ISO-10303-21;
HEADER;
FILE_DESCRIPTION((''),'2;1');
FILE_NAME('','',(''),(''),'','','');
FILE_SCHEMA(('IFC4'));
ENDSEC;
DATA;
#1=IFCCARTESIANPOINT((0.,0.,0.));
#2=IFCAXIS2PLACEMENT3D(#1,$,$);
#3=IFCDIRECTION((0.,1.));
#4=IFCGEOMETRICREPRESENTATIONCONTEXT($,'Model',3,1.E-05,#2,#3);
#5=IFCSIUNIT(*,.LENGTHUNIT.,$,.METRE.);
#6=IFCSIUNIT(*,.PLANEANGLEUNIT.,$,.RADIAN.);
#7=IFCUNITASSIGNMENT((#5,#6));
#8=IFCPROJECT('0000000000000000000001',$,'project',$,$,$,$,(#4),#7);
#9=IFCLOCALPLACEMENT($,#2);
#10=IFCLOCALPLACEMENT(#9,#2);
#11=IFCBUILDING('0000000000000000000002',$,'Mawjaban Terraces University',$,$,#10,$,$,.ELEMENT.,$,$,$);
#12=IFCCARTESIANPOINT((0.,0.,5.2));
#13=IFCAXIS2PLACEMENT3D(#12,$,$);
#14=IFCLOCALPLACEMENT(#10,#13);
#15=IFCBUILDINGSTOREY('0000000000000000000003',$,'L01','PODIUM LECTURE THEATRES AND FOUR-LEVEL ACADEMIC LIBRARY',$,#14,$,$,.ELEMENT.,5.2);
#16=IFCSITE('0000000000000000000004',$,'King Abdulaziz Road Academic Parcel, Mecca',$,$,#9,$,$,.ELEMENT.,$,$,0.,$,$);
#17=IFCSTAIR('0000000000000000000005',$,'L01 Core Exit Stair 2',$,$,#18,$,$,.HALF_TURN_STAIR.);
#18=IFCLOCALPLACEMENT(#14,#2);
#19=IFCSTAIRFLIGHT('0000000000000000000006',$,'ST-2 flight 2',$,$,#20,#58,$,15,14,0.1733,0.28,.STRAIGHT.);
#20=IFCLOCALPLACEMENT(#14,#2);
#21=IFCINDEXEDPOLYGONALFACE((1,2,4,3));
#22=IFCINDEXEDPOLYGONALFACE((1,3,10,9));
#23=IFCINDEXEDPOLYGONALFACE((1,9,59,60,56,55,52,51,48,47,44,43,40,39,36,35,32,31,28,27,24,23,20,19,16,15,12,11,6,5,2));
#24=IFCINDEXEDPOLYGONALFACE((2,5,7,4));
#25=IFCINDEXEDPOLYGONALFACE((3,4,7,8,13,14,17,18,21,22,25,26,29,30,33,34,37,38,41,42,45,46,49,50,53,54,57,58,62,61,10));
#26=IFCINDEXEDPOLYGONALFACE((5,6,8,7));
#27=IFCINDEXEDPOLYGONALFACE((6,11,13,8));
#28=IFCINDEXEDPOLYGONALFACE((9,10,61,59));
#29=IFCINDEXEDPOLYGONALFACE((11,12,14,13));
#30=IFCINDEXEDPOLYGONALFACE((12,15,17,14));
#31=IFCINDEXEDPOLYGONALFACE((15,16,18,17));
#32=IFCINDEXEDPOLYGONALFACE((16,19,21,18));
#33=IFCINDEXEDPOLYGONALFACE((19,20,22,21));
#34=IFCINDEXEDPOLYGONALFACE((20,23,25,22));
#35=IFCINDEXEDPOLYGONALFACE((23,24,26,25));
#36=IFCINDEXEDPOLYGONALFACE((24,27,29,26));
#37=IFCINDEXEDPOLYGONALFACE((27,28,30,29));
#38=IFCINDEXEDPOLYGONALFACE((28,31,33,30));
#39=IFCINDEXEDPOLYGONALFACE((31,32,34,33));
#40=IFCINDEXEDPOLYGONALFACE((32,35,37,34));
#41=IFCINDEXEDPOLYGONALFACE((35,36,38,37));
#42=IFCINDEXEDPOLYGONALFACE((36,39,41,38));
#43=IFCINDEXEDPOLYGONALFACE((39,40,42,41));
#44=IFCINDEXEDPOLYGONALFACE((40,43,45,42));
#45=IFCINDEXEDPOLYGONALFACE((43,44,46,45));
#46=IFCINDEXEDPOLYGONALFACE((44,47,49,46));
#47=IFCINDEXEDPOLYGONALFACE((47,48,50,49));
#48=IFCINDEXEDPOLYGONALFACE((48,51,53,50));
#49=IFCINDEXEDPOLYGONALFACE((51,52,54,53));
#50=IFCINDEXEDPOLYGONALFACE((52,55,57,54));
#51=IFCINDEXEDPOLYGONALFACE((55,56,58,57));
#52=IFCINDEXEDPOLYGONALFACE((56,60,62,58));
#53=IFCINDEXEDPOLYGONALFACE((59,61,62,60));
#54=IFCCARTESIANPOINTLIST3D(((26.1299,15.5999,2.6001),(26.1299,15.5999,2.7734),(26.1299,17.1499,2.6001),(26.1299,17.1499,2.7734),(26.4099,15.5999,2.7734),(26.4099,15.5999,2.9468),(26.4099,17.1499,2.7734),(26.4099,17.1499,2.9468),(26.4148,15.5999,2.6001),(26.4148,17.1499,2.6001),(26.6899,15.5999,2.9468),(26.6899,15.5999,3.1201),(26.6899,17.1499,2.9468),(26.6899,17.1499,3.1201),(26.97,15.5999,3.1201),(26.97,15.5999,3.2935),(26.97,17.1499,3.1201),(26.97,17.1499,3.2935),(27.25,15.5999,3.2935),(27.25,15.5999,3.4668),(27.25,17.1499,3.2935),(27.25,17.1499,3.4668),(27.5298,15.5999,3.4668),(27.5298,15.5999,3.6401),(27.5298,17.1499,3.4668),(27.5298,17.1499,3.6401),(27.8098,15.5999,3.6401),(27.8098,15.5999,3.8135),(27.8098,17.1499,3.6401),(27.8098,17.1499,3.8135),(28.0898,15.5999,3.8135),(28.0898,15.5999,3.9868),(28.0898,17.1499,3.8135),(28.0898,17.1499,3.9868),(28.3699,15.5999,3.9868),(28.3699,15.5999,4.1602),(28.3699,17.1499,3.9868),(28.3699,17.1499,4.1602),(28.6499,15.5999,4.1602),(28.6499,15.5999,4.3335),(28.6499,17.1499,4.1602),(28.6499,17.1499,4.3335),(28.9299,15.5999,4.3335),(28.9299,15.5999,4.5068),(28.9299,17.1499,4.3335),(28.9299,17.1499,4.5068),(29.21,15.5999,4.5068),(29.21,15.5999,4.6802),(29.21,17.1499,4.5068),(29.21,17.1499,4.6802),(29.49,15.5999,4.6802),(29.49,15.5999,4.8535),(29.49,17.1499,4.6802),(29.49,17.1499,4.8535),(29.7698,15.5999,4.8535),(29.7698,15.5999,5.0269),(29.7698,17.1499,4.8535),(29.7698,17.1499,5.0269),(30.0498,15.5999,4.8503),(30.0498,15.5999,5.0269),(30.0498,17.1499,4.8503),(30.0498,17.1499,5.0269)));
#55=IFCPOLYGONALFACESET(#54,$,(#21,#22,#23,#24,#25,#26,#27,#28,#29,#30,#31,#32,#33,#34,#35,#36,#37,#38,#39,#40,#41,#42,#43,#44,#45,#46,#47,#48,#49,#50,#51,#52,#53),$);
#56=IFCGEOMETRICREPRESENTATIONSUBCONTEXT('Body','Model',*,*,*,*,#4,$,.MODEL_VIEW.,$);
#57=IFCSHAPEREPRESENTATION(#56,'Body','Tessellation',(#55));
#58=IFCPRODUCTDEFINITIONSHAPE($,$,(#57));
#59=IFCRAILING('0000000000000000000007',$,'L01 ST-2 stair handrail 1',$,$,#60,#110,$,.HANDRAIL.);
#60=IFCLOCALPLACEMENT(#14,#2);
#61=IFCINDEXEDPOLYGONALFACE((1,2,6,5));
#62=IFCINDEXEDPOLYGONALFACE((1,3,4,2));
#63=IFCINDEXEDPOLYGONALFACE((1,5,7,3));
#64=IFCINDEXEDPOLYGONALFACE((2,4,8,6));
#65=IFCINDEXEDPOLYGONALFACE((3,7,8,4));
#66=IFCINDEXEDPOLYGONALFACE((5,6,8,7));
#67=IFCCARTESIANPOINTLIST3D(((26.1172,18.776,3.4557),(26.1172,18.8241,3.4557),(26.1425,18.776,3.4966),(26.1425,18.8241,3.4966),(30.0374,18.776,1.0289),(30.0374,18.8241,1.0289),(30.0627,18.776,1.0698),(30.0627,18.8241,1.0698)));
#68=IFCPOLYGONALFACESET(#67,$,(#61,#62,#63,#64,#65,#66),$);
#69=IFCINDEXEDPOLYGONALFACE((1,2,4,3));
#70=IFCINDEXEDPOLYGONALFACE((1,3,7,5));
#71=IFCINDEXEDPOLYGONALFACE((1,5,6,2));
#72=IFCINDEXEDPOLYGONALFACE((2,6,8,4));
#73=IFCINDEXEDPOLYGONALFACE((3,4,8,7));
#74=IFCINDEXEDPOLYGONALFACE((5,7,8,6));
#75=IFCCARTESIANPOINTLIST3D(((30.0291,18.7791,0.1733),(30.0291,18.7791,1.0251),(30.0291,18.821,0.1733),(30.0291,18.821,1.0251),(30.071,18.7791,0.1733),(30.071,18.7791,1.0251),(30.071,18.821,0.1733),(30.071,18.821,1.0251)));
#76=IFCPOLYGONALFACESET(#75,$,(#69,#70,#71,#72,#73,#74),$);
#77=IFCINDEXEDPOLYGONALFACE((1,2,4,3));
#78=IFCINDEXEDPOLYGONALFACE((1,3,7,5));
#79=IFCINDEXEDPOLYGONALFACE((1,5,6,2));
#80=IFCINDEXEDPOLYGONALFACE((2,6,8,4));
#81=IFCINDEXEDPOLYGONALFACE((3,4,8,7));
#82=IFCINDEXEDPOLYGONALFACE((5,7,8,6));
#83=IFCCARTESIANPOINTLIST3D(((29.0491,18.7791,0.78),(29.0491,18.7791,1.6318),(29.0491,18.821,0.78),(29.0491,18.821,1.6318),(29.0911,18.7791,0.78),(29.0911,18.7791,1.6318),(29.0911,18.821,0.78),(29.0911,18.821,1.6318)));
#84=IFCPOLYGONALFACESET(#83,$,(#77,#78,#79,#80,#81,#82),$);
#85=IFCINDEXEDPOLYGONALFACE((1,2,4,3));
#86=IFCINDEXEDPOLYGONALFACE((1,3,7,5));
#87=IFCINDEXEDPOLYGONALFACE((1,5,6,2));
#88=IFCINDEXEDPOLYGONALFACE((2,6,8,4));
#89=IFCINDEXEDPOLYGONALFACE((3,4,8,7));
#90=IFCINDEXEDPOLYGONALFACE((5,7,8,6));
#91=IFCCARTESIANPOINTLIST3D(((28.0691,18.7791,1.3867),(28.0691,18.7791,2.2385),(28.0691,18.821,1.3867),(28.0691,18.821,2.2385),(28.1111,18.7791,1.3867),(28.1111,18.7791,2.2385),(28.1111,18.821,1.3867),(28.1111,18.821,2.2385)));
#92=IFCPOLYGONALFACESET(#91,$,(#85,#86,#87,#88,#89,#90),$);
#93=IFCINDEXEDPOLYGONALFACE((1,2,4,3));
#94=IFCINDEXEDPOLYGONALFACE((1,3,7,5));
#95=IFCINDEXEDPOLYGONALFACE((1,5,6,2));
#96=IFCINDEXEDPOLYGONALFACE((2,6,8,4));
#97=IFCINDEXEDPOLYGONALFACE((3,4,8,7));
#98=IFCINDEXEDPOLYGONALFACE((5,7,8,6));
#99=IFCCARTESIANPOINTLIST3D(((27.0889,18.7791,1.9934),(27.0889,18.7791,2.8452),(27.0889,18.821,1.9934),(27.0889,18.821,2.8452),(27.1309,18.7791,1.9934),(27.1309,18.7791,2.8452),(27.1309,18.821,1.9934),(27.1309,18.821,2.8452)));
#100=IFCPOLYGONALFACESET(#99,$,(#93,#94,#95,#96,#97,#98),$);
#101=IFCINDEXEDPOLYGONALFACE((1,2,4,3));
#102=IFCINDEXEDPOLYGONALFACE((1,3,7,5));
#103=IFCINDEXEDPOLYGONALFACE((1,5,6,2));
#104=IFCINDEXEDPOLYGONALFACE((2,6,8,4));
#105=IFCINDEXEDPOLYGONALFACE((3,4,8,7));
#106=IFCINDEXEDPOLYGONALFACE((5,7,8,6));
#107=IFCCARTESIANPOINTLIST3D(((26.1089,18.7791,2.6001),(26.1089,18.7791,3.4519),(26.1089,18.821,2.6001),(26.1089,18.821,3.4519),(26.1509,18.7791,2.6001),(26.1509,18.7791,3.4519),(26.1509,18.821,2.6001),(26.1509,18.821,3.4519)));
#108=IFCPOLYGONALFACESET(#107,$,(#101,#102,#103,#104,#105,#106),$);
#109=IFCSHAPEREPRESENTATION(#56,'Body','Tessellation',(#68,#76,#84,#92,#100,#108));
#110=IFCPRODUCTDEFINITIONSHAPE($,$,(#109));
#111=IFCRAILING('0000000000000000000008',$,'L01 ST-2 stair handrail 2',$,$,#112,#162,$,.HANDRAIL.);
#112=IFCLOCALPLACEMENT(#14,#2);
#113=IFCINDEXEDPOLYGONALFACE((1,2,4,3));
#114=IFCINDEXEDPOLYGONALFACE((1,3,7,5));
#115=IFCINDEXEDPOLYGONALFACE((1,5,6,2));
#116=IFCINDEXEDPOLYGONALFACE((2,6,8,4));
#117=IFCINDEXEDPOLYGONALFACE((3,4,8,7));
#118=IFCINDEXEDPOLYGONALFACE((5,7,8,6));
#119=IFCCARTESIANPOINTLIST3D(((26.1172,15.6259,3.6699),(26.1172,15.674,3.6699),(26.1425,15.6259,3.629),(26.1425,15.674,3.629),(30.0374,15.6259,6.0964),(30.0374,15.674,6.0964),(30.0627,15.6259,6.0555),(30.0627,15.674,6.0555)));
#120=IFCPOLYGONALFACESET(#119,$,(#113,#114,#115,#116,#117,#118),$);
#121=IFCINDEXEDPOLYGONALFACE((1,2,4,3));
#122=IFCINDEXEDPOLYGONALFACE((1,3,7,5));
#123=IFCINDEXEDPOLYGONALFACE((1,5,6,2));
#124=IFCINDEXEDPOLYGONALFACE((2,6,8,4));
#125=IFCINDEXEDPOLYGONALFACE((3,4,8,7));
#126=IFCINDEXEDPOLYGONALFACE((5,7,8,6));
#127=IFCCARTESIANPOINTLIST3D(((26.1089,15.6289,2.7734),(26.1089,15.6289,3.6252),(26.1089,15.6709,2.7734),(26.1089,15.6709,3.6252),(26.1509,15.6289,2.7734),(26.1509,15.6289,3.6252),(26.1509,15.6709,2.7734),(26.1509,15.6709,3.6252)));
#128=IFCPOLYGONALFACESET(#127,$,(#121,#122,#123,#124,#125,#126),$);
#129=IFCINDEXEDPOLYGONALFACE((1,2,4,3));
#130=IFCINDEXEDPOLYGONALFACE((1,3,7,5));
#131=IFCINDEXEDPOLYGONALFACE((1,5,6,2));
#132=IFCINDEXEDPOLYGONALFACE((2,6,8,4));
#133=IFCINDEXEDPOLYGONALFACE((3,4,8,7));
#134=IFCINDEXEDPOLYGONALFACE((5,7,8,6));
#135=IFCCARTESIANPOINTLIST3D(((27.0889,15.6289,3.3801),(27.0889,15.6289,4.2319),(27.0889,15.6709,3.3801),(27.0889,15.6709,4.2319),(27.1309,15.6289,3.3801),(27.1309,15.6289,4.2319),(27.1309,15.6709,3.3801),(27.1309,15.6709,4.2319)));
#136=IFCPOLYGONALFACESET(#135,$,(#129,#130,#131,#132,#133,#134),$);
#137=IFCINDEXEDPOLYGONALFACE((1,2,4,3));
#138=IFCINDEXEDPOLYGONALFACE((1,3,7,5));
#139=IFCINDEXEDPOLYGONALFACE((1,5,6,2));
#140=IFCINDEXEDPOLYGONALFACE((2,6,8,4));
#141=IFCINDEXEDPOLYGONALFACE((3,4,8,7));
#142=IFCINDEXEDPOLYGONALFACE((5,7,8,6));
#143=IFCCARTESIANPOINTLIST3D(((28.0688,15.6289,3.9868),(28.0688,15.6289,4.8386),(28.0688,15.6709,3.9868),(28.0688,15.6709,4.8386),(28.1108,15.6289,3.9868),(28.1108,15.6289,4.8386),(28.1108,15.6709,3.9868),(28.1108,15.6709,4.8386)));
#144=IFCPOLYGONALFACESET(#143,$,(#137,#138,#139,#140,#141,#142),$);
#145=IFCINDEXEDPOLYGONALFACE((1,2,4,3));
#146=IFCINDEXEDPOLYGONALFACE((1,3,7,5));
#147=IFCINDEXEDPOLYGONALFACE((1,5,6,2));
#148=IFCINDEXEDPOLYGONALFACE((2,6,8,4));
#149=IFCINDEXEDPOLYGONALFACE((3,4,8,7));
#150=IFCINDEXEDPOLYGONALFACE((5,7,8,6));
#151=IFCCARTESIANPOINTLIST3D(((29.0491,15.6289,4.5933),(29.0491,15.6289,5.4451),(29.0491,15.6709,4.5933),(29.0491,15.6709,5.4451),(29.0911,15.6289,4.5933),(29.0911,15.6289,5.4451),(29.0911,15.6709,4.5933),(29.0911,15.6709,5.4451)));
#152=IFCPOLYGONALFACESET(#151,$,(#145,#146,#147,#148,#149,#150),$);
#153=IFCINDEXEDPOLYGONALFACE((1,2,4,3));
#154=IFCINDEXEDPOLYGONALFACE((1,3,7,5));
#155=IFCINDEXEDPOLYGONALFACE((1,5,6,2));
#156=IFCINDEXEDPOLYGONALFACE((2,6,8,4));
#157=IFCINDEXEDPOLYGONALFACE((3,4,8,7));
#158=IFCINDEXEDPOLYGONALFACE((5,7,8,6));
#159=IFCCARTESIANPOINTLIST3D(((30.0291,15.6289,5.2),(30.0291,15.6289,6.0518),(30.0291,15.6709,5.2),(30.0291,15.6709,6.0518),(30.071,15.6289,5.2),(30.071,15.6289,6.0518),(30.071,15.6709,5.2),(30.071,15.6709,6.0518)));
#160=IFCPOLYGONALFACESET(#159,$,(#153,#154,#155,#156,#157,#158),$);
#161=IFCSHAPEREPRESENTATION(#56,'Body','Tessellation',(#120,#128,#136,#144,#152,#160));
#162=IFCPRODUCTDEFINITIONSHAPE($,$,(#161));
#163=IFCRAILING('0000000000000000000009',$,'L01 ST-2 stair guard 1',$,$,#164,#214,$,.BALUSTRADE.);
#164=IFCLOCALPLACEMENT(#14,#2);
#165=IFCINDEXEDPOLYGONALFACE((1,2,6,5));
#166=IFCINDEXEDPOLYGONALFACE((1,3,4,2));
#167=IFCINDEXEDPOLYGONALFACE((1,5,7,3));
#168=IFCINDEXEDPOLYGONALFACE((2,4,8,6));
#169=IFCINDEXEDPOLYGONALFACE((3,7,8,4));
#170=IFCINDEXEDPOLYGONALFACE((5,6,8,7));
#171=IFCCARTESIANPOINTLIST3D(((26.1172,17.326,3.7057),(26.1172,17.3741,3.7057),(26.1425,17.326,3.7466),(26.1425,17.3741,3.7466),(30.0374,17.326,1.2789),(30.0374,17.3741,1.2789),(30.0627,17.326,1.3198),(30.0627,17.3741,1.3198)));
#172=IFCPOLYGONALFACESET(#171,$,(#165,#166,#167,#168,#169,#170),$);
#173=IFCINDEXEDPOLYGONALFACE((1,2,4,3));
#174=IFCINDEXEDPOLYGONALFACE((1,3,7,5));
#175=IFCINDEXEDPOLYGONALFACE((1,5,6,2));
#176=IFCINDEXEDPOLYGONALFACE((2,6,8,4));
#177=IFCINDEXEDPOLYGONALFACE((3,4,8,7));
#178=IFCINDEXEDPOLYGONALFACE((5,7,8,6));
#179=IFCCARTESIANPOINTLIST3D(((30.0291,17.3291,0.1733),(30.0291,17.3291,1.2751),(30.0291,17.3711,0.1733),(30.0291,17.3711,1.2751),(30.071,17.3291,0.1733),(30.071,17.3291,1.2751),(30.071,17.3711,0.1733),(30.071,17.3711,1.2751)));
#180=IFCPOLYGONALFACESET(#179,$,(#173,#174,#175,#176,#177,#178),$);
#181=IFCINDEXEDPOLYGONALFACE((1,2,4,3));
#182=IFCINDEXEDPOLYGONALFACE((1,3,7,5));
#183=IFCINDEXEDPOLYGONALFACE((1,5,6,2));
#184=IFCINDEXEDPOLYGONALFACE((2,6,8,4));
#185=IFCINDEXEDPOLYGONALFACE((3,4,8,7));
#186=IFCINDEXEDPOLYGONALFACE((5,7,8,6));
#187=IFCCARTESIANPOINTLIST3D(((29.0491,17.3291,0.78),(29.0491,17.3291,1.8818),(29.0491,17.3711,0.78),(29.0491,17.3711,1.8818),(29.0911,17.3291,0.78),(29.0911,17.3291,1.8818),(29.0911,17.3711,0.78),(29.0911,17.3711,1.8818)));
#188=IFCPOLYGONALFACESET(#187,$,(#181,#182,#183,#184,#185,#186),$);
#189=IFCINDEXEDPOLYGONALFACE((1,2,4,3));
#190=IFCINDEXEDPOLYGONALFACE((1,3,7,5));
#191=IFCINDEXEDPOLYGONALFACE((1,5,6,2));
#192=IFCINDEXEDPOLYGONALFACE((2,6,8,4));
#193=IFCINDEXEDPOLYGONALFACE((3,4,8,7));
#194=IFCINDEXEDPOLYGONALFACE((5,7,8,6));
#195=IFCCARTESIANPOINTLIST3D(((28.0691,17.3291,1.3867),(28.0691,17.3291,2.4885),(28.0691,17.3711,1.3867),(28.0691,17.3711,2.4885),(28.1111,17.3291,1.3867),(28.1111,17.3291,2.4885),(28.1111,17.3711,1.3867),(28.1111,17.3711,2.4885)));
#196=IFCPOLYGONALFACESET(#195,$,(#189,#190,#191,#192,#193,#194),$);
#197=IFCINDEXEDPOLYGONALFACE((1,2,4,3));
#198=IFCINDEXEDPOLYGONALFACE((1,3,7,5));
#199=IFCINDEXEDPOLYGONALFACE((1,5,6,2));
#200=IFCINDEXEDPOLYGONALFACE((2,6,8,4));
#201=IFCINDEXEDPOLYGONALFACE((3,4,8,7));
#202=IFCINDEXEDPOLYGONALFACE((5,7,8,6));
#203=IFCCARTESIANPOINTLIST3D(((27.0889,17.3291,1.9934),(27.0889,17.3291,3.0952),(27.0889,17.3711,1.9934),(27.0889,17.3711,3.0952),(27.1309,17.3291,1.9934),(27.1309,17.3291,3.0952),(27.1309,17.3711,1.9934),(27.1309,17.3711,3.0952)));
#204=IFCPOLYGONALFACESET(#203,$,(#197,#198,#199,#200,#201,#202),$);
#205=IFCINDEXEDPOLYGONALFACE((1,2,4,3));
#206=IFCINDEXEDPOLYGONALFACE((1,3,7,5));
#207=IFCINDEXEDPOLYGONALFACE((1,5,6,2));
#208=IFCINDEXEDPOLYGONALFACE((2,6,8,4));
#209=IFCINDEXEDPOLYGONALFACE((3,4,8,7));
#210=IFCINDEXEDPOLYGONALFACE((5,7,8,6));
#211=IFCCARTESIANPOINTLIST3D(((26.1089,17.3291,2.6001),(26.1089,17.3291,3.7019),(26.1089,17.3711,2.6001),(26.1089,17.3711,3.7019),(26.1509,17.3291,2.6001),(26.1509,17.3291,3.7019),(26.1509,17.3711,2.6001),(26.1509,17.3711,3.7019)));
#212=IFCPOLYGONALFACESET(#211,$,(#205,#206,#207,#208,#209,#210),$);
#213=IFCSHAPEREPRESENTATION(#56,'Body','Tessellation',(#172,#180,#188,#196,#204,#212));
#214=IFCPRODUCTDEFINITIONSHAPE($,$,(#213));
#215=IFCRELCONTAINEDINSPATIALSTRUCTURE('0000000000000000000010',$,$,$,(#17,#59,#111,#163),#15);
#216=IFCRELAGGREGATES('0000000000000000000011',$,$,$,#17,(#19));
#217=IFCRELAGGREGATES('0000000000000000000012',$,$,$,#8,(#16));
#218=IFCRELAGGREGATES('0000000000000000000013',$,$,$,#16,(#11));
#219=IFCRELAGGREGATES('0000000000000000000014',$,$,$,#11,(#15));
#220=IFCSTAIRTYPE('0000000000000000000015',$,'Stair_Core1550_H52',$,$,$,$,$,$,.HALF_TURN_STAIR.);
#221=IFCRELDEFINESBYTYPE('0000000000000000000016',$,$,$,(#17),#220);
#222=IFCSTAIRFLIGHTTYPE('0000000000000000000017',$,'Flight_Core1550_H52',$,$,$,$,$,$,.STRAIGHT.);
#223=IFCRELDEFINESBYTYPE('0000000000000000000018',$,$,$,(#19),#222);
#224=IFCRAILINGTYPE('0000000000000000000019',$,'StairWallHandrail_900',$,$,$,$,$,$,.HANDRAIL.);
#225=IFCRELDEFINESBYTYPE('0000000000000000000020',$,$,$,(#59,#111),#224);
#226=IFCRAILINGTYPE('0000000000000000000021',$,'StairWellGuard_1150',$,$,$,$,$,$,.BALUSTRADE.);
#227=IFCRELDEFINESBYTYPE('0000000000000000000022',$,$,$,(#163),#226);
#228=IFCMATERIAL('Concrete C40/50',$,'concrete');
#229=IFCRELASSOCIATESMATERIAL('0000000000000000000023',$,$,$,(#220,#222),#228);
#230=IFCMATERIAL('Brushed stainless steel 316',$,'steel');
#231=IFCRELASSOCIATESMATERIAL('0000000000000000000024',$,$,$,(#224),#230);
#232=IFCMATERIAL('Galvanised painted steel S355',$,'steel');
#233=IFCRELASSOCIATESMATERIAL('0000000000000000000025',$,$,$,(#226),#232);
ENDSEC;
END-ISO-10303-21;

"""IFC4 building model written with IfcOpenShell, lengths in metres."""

from ifc_helpers import new_model, si_unit, direction, frame, origin, origin_2d, place, context, subcontext, project, spatial, polyline, rectangle, outline, extrude, material, type_object, element, aggregate, save


model = new_model("IFC4")

# Units and contexts
model_context = context("Model", 3, precision=1e-05, world=origin(), true_north=direction((0.0, 1.0)))
body_context = subcontext(model_context, "Body", "Model", "MODEL_VIEW")
ifc_project = project(units=[si_unit("LENGTHUNIT", "METRE"), si_unit("PLANEANGLEUNIT", "RADIAN")], contexts=[model_context])

# Site, building, storey
site_placement = place(None, origin())
site = spatial("IfcSite", under=ifc_project, at=site_placement, Name="King Abdulaziz Road Academic Parcel, Mecca", CompositionType="ELEMENT", RefElevation=0.0)
building_placement = place(site_placement, origin())
building = spatial("IfcBuilding", under=site, at=building_placement, Name="Mawjaban Terraces University", CompositionType="ELEMENT")
storey_placement = place(building_placement, frame((0.0, 0.0, 5.2)))
storey = spatial("IfcBuildingStorey", under=building, at=storey_placement, Name="L01", Description="PODIUM LECTURE THEATRES AND FOUR-LEVEL ACADEMIC LIBRARY", CompositionType="ELEMENT", Elevation=5.2)

# Shared definitions
ifc_material_1 = material(Name="Concrete C40/50", Category="concrete")

# Stair, stair flight
stair_type = type_object("IfcStairType", Name="Stair_Core1550_H52", PredefinedType="HALF_TURN_STAIR", material=ifc_material_1)
stair_placement = place(storey_placement, origin())
stair = element("IfcStair", 1, at=stair_placement, inside=storey, type_object=stair_type, Name="L01 Core Exit Stair 2", PredefinedType="HALF_TURN_STAIR")
stair_flight_type = type_object("IfcStairFlightType", Name="Flight_Core1550_H52", PredefinedType="STRAIGHT", material=ifc_material_1)
stair_flight_1_placement = place(storey_placement, frame((26.1299, 16.375, 2.6001), z_axis=(0.0, 0.0, 1.0), x_axis=(1.0, 0.0, 0.0)))
stair_flight_1 = element("IfcStairFlight", 2, at=stair_flight_1_placement, type_object=stair_flight_type, Name="ST-2 flight 2", NumberOfRisers=15, NumberOfTreads=14, PredefinedType="STRAIGHT", RiserHeight=0.1733, TreadLength=0.28, context=body_context, shape_type="SweptSolid", body=[
    extrude(outline(polyline([(0.0, 0.0), (0.0, 0.1733), (0.28, 0.1733), (0.28, 0.3467), (0.5601, 0.3467), (0.5601, 0.52), (0.8401, 0.52), (0.8401, 0.6934), (1.1201, 0.6934), (1.1201, 0.8667), (1.3999, 0.8667), (1.3999, 1.04), (1.6799, 1.04), (1.6799, 1.2134), (1.96, 1.2134), (1.96, 1.3867), (2.24, 1.3867), (2.24, 1.5601), (2.52, 1.5601), (2.52, 1.7334), (2.8, 1.7334), (2.8, 1.9067), (3.0801, 1.9067), (3.0801, 2.0801), (3.3601, 2.0801), (3.3601, 2.2534), (3.6399, 2.2534), (3.6399, 2.4268), (3.9199, 2.4268), (3.9199, 2.6001), (3.9199, 2.2502), (0.2849, 0.0), (0.0, 0.0)])), frame((0.0, 0.7749, 0.0), z_axis=(0.0, -1.0, 0.0), x_axis=(1.0, 0.0, 0.0)), (0.0, 0.0, 1.0), 1.55),
])
aggregate(stair, [stair_flight_1])

# Railings
ifc_material_2 = material(Name="Brushed stainless steel 316", Category="steel")
railing_type_1 = type_object("IfcRailingType", Name="StairWallHandrail_900", PredefinedType="HANDRAIL", material=ifc_material_2)
railing_1_placement = place(storey_placement, frame((30.05, 18.8, 0.1733)))
element("IfcRailing", 3, at=railing_1_placement, inside=storey, type_object=railing_type_1, Name="L01 ST-2 stair handrail 1", PredefinedType="HANDRAIL", context=body_context, shape_type="SweptSolid", body=[
    extrude(rectangle(XDim=0.0481, YDim=0.0481, at=origin_2d()), frame((0.0, 0.0, 0.876), z_axis=(-0.850266, 0.0, 0.526353), x_axis=(0.0, -1.0, 0.0)), (0.0, 0.0, 1.0), 4.6106),
    extrude(rectangle(XDim=0.042, YDim=0.042, at=origin_2d()), origin(), (0.0, 0.0, 1.0), 0.8518),
    extrude(rectangle(XDim=0.042, YDim=0.042, at=origin_2d()), frame((-0.98, 0.0, 0.6067)), (0.0, 0.0, 1.0), 0.8518),
    extrude(rectangle(XDim=0.042, YDim=0.042, at=origin_2d()), frame((-1.96, 0.0, 1.2134)), (0.0, 0.0, 1.0), 0.8518),
    extrude(rectangle(XDim=0.042, YDim=0.042, at=origin_2d()), frame((-2.9402, 0.0, 1.8201)), (0.0, 0.0, 1.0), 0.8518),
    extrude(rectangle(XDim=0.042, YDim=0.042, at=origin_2d()), frame((-3.9202, 0.0, 2.4268)), (0.0, 0.0, 1.0), 0.8518),
])
railing_2_placement = place(storey_placement, frame((26.1299, 15.6499, 2.7734)))
element("IfcRailing", 4, at=railing_2_placement, inside=storey, type_object=railing_type_1, Name="L01 ST-2 stair handrail 2", PredefinedType="HANDRAIL", context=body_context, shape_type="SweptSolid", body=[
    extrude(rectangle(XDim=0.0481, YDim=0.0481, at=origin_2d()), frame((0.0, 0.0, 0.876), z_axis=(0.85029, 0.0, 0.526315), x_axis=(0.0, 1.0, 0.0)), (0.0, 0.0, 1.0), 4.6104),
    extrude(rectangle(XDim=0.042, YDim=0.042, at=origin_2d()), origin(), (0.0, 0.0, 1.0), 0.8518),
    extrude(rectangle(XDim=0.042, YDim=0.042, at=origin_2d()), frame((0.98, 0.0, 0.6067)), (0.0, 0.0, 1.0), 0.8518),
    extrude(rectangle(XDim=0.042, YDim=0.042, at=origin_2d()), frame((1.96, 0.0, 1.2134)), (0.0, 0.0, 1.0), 0.8518),
    extrude(rectangle(XDim=0.042, YDim=0.042, at=origin_2d()), frame((2.9402, 0.0, 1.8198)), (0.0, 0.0, 1.0), 0.8518),
    extrude(rectangle(XDim=0.042, YDim=0.042, at=origin_2d()), frame((3.9202, 0.0, 2.4265)), (0.0, 0.0, 1.0), 0.8518),
])
ifc_material_3 = material(Name="Galvanised painted steel S355", Category="steel")
railing_type_2 = type_object("IfcRailingType", Name="StairWellGuard_1150", PredefinedType="BALUSTRADE", material=ifc_material_3)
railing_3_placement = place(storey_placement, frame((30.05, 17.3501, 0.1733)))
element("IfcRailing", 5, at=railing_3_placement, inside=storey, type_object=railing_type_2, Name="L01 ST-2 stair guard 1", PredefinedType="BALUSTRADE", context=body_context, shape_type="SweptSolid", body=[
    extrude(rectangle(XDim=0.0481, YDim=0.0481, at=origin_2d()), frame((0.0, 0.0, 1.126), z_axis=(-0.850266, 0.0, 0.526353), x_axis=(0.0, -1.0, 0.0)), (0.0, 0.0, 1.0), 4.6106),
    extrude(rectangle(XDim=0.042, YDim=0.042, at=origin_2d()), origin(), (0.0, 0.0, 1.0), 1.1018),
    extrude(rectangle(XDim=0.042, YDim=0.042, at=origin_2d()), frame((-0.98, 0.0, 0.6067)), (0.0, 0.0, 1.0), 1.1018),
    extrude(rectangle(XDim=0.042, YDim=0.042, at=origin_2d()), frame((-1.96, 0.0, 1.2134)), (0.0, 0.0, 1.0), 1.1018),
    extrude(rectangle(XDim=0.042, YDim=0.042, at=origin_2d()), frame((-2.9402, 0.0, 1.8201)), (0.0, 0.0, 1.0), 1.1018),
    extrude(rectangle(XDim=0.042, YDim=0.042, at=origin_2d()), frame((-3.9202, 0.0, 2.4268)), (0.0, 0.0, 1.0), 1.1018),
])

save(model, "model.ifc")
